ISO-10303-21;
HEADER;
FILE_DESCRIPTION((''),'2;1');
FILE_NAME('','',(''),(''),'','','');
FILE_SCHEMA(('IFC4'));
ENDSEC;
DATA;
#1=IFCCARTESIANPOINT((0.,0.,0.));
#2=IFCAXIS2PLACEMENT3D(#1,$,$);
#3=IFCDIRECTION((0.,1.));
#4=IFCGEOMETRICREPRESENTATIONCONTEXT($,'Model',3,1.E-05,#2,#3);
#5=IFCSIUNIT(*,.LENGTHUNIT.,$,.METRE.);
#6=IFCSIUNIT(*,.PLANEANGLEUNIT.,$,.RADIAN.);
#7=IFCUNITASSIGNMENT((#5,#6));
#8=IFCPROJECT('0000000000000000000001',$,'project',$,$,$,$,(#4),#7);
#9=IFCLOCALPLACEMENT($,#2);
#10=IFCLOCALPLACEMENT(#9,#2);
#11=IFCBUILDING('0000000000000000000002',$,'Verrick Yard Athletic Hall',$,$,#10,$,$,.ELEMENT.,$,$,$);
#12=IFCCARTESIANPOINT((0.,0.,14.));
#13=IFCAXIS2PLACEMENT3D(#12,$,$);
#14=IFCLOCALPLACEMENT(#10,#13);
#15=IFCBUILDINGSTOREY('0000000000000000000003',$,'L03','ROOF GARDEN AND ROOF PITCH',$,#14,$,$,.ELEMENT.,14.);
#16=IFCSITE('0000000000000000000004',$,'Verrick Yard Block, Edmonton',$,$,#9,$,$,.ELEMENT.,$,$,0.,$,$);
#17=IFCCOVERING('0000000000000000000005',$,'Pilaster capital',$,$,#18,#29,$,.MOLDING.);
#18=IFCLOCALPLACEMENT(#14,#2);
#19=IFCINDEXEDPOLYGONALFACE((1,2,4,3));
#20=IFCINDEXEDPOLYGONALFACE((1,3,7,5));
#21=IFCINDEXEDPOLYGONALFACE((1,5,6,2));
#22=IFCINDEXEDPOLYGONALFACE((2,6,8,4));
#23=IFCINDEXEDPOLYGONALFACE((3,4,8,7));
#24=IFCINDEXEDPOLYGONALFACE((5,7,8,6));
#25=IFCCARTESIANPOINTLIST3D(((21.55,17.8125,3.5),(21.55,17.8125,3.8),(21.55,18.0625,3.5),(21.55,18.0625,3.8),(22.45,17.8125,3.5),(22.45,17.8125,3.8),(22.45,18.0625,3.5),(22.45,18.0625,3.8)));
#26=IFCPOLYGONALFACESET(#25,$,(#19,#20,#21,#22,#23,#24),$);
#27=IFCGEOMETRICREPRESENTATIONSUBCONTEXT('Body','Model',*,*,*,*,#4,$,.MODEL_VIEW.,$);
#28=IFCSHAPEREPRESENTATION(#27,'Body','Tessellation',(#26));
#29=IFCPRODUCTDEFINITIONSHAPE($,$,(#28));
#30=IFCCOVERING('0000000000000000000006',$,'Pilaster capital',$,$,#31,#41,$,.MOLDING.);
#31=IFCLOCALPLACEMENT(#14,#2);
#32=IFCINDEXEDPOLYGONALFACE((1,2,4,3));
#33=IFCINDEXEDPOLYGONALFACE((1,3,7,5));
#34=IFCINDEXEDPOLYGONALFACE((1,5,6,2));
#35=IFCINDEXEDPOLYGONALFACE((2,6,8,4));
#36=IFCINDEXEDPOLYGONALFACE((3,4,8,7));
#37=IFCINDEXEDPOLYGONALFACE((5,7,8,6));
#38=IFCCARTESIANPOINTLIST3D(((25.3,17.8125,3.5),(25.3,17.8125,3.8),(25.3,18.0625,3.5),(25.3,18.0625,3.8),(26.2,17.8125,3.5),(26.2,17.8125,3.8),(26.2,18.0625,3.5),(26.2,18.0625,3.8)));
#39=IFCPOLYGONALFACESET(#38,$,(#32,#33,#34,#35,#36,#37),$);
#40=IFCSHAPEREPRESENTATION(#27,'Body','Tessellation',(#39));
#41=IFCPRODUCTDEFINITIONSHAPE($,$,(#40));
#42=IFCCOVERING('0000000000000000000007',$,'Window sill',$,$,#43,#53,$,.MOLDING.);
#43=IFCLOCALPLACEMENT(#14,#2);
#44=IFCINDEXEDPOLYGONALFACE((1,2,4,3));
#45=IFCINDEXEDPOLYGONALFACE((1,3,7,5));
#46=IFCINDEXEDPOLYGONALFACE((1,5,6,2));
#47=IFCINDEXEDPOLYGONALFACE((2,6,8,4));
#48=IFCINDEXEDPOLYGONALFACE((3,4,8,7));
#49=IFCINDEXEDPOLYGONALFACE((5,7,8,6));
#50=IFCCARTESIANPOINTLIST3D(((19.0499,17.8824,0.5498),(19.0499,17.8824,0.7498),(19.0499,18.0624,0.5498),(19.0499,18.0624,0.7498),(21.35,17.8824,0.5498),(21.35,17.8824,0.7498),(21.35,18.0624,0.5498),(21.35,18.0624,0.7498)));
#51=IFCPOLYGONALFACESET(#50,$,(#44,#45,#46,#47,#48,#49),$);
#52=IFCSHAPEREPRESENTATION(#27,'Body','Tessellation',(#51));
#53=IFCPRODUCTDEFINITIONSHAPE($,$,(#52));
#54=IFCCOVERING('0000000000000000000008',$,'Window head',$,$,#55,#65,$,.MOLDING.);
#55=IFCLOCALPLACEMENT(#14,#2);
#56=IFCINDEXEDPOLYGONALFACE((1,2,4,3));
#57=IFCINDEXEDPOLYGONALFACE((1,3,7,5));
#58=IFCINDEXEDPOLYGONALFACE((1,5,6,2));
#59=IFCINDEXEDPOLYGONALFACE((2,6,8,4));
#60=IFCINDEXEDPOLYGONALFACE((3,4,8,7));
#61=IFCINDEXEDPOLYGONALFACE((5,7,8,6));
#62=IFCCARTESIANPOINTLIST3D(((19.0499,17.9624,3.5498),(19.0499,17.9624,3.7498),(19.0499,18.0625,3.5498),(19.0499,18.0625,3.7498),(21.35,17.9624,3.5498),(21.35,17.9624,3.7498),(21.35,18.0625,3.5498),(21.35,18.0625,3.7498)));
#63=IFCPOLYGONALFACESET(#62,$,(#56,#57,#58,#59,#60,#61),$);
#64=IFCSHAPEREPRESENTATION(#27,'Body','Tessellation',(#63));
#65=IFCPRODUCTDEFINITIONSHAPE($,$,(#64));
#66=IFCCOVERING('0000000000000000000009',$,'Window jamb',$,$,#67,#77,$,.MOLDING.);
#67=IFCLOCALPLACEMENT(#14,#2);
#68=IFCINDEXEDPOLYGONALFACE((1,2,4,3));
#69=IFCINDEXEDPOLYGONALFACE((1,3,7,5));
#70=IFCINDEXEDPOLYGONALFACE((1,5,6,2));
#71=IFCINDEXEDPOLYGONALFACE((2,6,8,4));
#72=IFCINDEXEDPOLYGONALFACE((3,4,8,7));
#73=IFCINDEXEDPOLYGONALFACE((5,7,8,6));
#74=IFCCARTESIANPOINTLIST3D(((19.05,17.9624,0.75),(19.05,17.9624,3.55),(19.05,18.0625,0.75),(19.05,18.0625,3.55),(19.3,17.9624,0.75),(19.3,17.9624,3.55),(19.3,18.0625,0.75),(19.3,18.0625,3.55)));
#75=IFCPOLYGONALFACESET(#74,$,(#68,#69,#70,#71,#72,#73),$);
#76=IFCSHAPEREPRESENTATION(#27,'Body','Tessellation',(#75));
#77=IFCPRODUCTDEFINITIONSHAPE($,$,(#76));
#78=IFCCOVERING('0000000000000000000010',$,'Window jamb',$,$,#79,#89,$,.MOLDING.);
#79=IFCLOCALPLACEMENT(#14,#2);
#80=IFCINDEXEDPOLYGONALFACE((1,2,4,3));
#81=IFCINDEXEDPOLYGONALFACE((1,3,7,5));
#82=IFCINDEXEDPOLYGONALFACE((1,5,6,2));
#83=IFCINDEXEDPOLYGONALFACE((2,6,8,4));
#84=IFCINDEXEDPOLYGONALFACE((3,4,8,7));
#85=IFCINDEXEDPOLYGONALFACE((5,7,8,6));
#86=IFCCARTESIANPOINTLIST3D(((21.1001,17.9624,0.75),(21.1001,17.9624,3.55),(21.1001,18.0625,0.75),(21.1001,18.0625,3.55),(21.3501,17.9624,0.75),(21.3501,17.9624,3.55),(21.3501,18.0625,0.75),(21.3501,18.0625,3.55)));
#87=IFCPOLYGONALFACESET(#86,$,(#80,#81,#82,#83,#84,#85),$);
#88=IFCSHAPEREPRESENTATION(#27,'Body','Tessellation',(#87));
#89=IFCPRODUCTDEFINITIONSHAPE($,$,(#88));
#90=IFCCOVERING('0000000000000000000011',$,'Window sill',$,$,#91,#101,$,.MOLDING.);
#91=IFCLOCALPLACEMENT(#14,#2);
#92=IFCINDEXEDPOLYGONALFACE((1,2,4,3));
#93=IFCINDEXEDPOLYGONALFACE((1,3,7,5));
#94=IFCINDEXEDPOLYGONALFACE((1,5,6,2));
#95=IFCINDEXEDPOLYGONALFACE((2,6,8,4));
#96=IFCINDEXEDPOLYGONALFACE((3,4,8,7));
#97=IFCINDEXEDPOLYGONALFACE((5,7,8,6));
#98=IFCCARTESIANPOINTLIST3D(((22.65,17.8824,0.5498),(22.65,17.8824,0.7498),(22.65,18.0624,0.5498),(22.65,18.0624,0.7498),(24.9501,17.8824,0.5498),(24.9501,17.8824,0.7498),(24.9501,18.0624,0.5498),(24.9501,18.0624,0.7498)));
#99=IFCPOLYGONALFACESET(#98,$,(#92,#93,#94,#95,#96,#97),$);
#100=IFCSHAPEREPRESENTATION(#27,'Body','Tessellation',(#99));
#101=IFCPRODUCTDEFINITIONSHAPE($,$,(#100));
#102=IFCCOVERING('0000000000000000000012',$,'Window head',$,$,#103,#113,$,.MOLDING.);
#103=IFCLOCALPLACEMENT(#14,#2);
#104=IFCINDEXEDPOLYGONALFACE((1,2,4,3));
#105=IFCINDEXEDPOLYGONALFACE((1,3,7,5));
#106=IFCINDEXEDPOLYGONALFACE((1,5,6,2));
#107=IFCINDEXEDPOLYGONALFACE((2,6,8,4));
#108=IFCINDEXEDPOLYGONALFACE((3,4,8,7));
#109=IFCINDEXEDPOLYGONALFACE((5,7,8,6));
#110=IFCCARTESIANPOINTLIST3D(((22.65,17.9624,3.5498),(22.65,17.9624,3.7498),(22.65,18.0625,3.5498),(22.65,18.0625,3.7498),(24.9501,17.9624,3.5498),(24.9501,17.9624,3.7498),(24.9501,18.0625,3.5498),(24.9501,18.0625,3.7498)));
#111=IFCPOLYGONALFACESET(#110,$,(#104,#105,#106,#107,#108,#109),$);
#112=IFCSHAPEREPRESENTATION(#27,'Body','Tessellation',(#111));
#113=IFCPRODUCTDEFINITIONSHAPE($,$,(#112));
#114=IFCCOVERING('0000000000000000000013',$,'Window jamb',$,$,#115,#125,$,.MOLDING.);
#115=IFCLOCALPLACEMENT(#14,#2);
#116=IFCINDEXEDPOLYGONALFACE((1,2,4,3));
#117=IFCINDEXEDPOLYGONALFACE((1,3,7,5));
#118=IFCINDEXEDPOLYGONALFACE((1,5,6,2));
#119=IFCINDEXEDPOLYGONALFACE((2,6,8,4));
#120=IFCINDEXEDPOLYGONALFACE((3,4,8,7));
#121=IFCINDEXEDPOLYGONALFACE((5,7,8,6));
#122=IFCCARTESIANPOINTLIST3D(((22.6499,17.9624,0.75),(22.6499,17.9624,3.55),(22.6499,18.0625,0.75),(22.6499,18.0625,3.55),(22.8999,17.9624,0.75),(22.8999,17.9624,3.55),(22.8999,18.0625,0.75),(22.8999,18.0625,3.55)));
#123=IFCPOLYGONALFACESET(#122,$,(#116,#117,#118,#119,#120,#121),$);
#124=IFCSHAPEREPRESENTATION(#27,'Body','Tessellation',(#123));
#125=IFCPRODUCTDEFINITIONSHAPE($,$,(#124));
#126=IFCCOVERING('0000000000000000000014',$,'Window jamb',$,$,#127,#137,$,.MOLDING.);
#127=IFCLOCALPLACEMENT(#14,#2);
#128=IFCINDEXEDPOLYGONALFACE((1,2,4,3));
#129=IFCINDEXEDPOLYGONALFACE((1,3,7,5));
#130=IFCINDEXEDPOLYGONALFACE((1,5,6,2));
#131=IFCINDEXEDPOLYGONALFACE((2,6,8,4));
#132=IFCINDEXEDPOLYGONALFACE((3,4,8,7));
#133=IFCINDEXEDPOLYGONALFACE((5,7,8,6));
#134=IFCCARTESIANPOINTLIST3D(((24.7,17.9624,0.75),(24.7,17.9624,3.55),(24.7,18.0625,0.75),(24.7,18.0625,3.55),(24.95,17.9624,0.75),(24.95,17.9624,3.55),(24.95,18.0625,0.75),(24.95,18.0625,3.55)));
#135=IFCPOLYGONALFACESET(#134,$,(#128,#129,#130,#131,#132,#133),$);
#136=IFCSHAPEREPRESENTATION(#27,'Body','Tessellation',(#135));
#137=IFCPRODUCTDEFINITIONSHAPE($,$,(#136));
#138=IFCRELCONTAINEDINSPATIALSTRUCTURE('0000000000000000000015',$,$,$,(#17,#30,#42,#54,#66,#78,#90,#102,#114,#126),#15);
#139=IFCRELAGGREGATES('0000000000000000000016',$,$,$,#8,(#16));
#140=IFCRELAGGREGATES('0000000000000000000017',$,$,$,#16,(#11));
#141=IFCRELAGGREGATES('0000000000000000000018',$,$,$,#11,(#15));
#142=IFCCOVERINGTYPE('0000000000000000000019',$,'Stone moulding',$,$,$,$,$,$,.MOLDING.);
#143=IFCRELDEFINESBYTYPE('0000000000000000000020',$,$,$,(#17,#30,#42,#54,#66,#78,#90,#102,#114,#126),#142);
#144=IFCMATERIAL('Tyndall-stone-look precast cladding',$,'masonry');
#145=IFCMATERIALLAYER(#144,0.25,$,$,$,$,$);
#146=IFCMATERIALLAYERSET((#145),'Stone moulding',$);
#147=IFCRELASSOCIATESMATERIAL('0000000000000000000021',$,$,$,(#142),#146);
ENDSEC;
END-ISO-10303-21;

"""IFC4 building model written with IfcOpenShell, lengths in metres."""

from ifc_helpers import new_model, si_unit, direction, frame, origin, origin_2d, place, context, subcontext, project, spatial, rectangle, extrude, material, layer, layer_set, type_object, element, save


model = new_model("IFC4")

# Units and contexts
model_context = context("Model", 3, precision=1e-05, world=origin(), true_north=direction((0.0, 1.0)))
body_context = subcontext(model_context, "Body", "Model", "MODEL_VIEW")
ifc_project = project(units=[si_unit("LENGTHUNIT", "METRE"), si_unit("PLANEANGLEUNIT", "RADIAN")], contexts=[model_context])

# Site, building, storey
site_placement = place(None, origin())
site = spatial("IfcSite", under=ifc_project, at=site_placement, Name="Verrick Yard Block, Edmonton", CompositionType="ELEMENT", RefElevation=0.0)
building_placement = place(site_placement, origin())
building = spatial("IfcBuilding", under=site, at=building_placement, Name="Verrick Yard Athletic Hall", CompositionType="ELEMENT")
storey_placement = place(building_placement, frame((0.0, 0.0, 14.0)))
storey = spatial("IfcBuildingStorey", under=building, at=storey_placement, Name="L03", Description="ROOF GARDEN AND ROOF PITCH", CompositionType="ELEMENT", Elevation=14.0)

# Coverings
ifc_material_1 = material(Name="Tyndall-stone-look precast cladding", Category="masonry")
ifc_layer_1 = layer(ifc_material_1, 0.25)
ifc_layer_set_1 = layer_set([ifc_layer_1], Name="Stone moulding")
covering_type_1 = type_object("IfcCoveringType", Name="Stone moulding", PredefinedType="MOLDING", material=ifc_layer_set_1)
for number, where, z_axis, x_axis, name in (
    (1, (22.0, 17.9375, 3.5), (0.0, 0.0, 1.0), (1.0, 0.0, 0.0), "Pilaster capital"),
    (2, (25.75, 17.9375, 3.5), (0.0, 0.0, 1.0), (1.0, 0.0, 0.0), "Pilaster capital"),
):
    element("IfcCovering", number, at=place(storey_placement, frame(where, z_axis=z_axis, x_axis=x_axis)), inside=storey, type_object=covering_type_1, Name=name, PredefinedType="MOLDING", context=body_context, shape_type="SweptSolid", body=[
        extrude(rectangle(XDim=0.8999, YDim=0.25, at=origin_2d()), origin(), (0.0, 0.0, 1.0), 0.3),
    ])
covering_1_placement = place(storey_placement, frame((20.2, 17.9724, 0.5498), z_axis=(0.0, 0.0, 1.0), x_axis=(1.0, 0.0, 0.0)))
element("IfcCovering", 3, at=covering_1_placement, inside=storey, type_object=covering_type_1, Name="Window sill", PredefinedType="MOLDING", context=body_context, shape_type="SweptSolid", body=[
    extrude(rectangle(XDim=2.3, YDim=0.1799, at=origin_2d()), origin(), (0.0, 0.0, 1.0), 0.2),
])
covering_2_placement = place(storey_placement, frame((20.2, 18.0125, 3.5498), z_axis=(0.0, 0.0, 1.0), x_axis=(1.0, 0.0, 0.0)))
element("IfcCovering", 4, at=covering_2_placement, inside=storey, type_object=covering_type_1, Name="Window head", PredefinedType="MOLDING", context=body_context, shape_type="SweptSolid", body=[
    extrude(rectangle(XDim=2.3, YDim=0.1001, at=origin_2d()), origin(), (0.0, 0.0, 1.0), 0.2),
])
for number, where, z_axis, x_axis, name in (
    (5, (19.175, 18.0125, 0.75), (0.0, 0.0, 1.0), (1.0, 0.0, 0.0), "Window jamb"),
    (6, (21.2251, 18.0125, 0.75), (0.0, 0.0, 1.0), (1.0, 0.0, 0.0), "Window jamb"),
):
    element("IfcCovering", number, at=place(storey_placement, frame(where, z_axis=z_axis, x_axis=x_axis)), inside=storey, type_object=covering_type_1, Name=name, PredefinedType="MOLDING", context=body_context, shape_type="SweptSolid", body=[
        extrude(rectangle(XDim=0.25, YDim=0.1001, at=origin_2d()), origin(), (0.0, 0.0, 1.0), 2.8),
    ])
covering_3_placement = place(storey_placement, frame((23.8, 17.9724, 0.5498), z_axis=(0.0, 0.0, 1.0), x_axis=(1.0, 0.0, 0.0)))
element("IfcCovering", 7, at=covering_3_placement, inside=storey, type_object=covering_type_1, Name="Window sill", PredefinedType="MOLDING", context=body_context, shape_type="SweptSolid", body=[
    extrude(rectangle(XDim=2.3, YDim=0.1799, at=origin_2d()), origin(), (0.0, 0.0, 1.0), 0.2),
])
covering_4_placement = place(storey_placement, frame((23.8, 18.0125, 3.5498), z_axis=(0.0, 0.0, 1.0), x_axis=(1.0, 0.0, 0.0)))
element("IfcCovering", 8, at=covering_4_placement, inside=storey, type_object=covering_type_1, Name="Window head", PredefinedType="MOLDING", context=body_context, shape_type="SweptSolid", body=[
    extrude(rectangle(XDim=2.3, YDim=0.1001, at=origin_2d()), origin(), (0.0, 0.0, 1.0), 0.2),
])
for number, where, z_axis, x_axis, name in (
    (9, (22.7749, 18.0125, 0.75), (0.0, 0.0, 1.0), (1.0, 0.0, 0.0), "Window jamb"),
    (10, (24.825, 18.0125, 0.75), (0.0, 0.0, 1.0), (1.0, 0.0, 0.0), "Window jamb"),
):
    element("IfcCovering", number, at=place(storey_placement, frame(where, z_axis=z_axis, x_axis=x_axis)), inside=storey, type_object=covering_type_1, Name=name, PredefinedType="MOLDING", context=body_context, shape_type="SweptSolid", body=[
        extrude(rectangle(XDim=0.25, YDim=0.1001, at=origin_2d()), origin(), (0.0, 0.0, 1.0), 2.8),
    ])

save(model, "model.ifc")
